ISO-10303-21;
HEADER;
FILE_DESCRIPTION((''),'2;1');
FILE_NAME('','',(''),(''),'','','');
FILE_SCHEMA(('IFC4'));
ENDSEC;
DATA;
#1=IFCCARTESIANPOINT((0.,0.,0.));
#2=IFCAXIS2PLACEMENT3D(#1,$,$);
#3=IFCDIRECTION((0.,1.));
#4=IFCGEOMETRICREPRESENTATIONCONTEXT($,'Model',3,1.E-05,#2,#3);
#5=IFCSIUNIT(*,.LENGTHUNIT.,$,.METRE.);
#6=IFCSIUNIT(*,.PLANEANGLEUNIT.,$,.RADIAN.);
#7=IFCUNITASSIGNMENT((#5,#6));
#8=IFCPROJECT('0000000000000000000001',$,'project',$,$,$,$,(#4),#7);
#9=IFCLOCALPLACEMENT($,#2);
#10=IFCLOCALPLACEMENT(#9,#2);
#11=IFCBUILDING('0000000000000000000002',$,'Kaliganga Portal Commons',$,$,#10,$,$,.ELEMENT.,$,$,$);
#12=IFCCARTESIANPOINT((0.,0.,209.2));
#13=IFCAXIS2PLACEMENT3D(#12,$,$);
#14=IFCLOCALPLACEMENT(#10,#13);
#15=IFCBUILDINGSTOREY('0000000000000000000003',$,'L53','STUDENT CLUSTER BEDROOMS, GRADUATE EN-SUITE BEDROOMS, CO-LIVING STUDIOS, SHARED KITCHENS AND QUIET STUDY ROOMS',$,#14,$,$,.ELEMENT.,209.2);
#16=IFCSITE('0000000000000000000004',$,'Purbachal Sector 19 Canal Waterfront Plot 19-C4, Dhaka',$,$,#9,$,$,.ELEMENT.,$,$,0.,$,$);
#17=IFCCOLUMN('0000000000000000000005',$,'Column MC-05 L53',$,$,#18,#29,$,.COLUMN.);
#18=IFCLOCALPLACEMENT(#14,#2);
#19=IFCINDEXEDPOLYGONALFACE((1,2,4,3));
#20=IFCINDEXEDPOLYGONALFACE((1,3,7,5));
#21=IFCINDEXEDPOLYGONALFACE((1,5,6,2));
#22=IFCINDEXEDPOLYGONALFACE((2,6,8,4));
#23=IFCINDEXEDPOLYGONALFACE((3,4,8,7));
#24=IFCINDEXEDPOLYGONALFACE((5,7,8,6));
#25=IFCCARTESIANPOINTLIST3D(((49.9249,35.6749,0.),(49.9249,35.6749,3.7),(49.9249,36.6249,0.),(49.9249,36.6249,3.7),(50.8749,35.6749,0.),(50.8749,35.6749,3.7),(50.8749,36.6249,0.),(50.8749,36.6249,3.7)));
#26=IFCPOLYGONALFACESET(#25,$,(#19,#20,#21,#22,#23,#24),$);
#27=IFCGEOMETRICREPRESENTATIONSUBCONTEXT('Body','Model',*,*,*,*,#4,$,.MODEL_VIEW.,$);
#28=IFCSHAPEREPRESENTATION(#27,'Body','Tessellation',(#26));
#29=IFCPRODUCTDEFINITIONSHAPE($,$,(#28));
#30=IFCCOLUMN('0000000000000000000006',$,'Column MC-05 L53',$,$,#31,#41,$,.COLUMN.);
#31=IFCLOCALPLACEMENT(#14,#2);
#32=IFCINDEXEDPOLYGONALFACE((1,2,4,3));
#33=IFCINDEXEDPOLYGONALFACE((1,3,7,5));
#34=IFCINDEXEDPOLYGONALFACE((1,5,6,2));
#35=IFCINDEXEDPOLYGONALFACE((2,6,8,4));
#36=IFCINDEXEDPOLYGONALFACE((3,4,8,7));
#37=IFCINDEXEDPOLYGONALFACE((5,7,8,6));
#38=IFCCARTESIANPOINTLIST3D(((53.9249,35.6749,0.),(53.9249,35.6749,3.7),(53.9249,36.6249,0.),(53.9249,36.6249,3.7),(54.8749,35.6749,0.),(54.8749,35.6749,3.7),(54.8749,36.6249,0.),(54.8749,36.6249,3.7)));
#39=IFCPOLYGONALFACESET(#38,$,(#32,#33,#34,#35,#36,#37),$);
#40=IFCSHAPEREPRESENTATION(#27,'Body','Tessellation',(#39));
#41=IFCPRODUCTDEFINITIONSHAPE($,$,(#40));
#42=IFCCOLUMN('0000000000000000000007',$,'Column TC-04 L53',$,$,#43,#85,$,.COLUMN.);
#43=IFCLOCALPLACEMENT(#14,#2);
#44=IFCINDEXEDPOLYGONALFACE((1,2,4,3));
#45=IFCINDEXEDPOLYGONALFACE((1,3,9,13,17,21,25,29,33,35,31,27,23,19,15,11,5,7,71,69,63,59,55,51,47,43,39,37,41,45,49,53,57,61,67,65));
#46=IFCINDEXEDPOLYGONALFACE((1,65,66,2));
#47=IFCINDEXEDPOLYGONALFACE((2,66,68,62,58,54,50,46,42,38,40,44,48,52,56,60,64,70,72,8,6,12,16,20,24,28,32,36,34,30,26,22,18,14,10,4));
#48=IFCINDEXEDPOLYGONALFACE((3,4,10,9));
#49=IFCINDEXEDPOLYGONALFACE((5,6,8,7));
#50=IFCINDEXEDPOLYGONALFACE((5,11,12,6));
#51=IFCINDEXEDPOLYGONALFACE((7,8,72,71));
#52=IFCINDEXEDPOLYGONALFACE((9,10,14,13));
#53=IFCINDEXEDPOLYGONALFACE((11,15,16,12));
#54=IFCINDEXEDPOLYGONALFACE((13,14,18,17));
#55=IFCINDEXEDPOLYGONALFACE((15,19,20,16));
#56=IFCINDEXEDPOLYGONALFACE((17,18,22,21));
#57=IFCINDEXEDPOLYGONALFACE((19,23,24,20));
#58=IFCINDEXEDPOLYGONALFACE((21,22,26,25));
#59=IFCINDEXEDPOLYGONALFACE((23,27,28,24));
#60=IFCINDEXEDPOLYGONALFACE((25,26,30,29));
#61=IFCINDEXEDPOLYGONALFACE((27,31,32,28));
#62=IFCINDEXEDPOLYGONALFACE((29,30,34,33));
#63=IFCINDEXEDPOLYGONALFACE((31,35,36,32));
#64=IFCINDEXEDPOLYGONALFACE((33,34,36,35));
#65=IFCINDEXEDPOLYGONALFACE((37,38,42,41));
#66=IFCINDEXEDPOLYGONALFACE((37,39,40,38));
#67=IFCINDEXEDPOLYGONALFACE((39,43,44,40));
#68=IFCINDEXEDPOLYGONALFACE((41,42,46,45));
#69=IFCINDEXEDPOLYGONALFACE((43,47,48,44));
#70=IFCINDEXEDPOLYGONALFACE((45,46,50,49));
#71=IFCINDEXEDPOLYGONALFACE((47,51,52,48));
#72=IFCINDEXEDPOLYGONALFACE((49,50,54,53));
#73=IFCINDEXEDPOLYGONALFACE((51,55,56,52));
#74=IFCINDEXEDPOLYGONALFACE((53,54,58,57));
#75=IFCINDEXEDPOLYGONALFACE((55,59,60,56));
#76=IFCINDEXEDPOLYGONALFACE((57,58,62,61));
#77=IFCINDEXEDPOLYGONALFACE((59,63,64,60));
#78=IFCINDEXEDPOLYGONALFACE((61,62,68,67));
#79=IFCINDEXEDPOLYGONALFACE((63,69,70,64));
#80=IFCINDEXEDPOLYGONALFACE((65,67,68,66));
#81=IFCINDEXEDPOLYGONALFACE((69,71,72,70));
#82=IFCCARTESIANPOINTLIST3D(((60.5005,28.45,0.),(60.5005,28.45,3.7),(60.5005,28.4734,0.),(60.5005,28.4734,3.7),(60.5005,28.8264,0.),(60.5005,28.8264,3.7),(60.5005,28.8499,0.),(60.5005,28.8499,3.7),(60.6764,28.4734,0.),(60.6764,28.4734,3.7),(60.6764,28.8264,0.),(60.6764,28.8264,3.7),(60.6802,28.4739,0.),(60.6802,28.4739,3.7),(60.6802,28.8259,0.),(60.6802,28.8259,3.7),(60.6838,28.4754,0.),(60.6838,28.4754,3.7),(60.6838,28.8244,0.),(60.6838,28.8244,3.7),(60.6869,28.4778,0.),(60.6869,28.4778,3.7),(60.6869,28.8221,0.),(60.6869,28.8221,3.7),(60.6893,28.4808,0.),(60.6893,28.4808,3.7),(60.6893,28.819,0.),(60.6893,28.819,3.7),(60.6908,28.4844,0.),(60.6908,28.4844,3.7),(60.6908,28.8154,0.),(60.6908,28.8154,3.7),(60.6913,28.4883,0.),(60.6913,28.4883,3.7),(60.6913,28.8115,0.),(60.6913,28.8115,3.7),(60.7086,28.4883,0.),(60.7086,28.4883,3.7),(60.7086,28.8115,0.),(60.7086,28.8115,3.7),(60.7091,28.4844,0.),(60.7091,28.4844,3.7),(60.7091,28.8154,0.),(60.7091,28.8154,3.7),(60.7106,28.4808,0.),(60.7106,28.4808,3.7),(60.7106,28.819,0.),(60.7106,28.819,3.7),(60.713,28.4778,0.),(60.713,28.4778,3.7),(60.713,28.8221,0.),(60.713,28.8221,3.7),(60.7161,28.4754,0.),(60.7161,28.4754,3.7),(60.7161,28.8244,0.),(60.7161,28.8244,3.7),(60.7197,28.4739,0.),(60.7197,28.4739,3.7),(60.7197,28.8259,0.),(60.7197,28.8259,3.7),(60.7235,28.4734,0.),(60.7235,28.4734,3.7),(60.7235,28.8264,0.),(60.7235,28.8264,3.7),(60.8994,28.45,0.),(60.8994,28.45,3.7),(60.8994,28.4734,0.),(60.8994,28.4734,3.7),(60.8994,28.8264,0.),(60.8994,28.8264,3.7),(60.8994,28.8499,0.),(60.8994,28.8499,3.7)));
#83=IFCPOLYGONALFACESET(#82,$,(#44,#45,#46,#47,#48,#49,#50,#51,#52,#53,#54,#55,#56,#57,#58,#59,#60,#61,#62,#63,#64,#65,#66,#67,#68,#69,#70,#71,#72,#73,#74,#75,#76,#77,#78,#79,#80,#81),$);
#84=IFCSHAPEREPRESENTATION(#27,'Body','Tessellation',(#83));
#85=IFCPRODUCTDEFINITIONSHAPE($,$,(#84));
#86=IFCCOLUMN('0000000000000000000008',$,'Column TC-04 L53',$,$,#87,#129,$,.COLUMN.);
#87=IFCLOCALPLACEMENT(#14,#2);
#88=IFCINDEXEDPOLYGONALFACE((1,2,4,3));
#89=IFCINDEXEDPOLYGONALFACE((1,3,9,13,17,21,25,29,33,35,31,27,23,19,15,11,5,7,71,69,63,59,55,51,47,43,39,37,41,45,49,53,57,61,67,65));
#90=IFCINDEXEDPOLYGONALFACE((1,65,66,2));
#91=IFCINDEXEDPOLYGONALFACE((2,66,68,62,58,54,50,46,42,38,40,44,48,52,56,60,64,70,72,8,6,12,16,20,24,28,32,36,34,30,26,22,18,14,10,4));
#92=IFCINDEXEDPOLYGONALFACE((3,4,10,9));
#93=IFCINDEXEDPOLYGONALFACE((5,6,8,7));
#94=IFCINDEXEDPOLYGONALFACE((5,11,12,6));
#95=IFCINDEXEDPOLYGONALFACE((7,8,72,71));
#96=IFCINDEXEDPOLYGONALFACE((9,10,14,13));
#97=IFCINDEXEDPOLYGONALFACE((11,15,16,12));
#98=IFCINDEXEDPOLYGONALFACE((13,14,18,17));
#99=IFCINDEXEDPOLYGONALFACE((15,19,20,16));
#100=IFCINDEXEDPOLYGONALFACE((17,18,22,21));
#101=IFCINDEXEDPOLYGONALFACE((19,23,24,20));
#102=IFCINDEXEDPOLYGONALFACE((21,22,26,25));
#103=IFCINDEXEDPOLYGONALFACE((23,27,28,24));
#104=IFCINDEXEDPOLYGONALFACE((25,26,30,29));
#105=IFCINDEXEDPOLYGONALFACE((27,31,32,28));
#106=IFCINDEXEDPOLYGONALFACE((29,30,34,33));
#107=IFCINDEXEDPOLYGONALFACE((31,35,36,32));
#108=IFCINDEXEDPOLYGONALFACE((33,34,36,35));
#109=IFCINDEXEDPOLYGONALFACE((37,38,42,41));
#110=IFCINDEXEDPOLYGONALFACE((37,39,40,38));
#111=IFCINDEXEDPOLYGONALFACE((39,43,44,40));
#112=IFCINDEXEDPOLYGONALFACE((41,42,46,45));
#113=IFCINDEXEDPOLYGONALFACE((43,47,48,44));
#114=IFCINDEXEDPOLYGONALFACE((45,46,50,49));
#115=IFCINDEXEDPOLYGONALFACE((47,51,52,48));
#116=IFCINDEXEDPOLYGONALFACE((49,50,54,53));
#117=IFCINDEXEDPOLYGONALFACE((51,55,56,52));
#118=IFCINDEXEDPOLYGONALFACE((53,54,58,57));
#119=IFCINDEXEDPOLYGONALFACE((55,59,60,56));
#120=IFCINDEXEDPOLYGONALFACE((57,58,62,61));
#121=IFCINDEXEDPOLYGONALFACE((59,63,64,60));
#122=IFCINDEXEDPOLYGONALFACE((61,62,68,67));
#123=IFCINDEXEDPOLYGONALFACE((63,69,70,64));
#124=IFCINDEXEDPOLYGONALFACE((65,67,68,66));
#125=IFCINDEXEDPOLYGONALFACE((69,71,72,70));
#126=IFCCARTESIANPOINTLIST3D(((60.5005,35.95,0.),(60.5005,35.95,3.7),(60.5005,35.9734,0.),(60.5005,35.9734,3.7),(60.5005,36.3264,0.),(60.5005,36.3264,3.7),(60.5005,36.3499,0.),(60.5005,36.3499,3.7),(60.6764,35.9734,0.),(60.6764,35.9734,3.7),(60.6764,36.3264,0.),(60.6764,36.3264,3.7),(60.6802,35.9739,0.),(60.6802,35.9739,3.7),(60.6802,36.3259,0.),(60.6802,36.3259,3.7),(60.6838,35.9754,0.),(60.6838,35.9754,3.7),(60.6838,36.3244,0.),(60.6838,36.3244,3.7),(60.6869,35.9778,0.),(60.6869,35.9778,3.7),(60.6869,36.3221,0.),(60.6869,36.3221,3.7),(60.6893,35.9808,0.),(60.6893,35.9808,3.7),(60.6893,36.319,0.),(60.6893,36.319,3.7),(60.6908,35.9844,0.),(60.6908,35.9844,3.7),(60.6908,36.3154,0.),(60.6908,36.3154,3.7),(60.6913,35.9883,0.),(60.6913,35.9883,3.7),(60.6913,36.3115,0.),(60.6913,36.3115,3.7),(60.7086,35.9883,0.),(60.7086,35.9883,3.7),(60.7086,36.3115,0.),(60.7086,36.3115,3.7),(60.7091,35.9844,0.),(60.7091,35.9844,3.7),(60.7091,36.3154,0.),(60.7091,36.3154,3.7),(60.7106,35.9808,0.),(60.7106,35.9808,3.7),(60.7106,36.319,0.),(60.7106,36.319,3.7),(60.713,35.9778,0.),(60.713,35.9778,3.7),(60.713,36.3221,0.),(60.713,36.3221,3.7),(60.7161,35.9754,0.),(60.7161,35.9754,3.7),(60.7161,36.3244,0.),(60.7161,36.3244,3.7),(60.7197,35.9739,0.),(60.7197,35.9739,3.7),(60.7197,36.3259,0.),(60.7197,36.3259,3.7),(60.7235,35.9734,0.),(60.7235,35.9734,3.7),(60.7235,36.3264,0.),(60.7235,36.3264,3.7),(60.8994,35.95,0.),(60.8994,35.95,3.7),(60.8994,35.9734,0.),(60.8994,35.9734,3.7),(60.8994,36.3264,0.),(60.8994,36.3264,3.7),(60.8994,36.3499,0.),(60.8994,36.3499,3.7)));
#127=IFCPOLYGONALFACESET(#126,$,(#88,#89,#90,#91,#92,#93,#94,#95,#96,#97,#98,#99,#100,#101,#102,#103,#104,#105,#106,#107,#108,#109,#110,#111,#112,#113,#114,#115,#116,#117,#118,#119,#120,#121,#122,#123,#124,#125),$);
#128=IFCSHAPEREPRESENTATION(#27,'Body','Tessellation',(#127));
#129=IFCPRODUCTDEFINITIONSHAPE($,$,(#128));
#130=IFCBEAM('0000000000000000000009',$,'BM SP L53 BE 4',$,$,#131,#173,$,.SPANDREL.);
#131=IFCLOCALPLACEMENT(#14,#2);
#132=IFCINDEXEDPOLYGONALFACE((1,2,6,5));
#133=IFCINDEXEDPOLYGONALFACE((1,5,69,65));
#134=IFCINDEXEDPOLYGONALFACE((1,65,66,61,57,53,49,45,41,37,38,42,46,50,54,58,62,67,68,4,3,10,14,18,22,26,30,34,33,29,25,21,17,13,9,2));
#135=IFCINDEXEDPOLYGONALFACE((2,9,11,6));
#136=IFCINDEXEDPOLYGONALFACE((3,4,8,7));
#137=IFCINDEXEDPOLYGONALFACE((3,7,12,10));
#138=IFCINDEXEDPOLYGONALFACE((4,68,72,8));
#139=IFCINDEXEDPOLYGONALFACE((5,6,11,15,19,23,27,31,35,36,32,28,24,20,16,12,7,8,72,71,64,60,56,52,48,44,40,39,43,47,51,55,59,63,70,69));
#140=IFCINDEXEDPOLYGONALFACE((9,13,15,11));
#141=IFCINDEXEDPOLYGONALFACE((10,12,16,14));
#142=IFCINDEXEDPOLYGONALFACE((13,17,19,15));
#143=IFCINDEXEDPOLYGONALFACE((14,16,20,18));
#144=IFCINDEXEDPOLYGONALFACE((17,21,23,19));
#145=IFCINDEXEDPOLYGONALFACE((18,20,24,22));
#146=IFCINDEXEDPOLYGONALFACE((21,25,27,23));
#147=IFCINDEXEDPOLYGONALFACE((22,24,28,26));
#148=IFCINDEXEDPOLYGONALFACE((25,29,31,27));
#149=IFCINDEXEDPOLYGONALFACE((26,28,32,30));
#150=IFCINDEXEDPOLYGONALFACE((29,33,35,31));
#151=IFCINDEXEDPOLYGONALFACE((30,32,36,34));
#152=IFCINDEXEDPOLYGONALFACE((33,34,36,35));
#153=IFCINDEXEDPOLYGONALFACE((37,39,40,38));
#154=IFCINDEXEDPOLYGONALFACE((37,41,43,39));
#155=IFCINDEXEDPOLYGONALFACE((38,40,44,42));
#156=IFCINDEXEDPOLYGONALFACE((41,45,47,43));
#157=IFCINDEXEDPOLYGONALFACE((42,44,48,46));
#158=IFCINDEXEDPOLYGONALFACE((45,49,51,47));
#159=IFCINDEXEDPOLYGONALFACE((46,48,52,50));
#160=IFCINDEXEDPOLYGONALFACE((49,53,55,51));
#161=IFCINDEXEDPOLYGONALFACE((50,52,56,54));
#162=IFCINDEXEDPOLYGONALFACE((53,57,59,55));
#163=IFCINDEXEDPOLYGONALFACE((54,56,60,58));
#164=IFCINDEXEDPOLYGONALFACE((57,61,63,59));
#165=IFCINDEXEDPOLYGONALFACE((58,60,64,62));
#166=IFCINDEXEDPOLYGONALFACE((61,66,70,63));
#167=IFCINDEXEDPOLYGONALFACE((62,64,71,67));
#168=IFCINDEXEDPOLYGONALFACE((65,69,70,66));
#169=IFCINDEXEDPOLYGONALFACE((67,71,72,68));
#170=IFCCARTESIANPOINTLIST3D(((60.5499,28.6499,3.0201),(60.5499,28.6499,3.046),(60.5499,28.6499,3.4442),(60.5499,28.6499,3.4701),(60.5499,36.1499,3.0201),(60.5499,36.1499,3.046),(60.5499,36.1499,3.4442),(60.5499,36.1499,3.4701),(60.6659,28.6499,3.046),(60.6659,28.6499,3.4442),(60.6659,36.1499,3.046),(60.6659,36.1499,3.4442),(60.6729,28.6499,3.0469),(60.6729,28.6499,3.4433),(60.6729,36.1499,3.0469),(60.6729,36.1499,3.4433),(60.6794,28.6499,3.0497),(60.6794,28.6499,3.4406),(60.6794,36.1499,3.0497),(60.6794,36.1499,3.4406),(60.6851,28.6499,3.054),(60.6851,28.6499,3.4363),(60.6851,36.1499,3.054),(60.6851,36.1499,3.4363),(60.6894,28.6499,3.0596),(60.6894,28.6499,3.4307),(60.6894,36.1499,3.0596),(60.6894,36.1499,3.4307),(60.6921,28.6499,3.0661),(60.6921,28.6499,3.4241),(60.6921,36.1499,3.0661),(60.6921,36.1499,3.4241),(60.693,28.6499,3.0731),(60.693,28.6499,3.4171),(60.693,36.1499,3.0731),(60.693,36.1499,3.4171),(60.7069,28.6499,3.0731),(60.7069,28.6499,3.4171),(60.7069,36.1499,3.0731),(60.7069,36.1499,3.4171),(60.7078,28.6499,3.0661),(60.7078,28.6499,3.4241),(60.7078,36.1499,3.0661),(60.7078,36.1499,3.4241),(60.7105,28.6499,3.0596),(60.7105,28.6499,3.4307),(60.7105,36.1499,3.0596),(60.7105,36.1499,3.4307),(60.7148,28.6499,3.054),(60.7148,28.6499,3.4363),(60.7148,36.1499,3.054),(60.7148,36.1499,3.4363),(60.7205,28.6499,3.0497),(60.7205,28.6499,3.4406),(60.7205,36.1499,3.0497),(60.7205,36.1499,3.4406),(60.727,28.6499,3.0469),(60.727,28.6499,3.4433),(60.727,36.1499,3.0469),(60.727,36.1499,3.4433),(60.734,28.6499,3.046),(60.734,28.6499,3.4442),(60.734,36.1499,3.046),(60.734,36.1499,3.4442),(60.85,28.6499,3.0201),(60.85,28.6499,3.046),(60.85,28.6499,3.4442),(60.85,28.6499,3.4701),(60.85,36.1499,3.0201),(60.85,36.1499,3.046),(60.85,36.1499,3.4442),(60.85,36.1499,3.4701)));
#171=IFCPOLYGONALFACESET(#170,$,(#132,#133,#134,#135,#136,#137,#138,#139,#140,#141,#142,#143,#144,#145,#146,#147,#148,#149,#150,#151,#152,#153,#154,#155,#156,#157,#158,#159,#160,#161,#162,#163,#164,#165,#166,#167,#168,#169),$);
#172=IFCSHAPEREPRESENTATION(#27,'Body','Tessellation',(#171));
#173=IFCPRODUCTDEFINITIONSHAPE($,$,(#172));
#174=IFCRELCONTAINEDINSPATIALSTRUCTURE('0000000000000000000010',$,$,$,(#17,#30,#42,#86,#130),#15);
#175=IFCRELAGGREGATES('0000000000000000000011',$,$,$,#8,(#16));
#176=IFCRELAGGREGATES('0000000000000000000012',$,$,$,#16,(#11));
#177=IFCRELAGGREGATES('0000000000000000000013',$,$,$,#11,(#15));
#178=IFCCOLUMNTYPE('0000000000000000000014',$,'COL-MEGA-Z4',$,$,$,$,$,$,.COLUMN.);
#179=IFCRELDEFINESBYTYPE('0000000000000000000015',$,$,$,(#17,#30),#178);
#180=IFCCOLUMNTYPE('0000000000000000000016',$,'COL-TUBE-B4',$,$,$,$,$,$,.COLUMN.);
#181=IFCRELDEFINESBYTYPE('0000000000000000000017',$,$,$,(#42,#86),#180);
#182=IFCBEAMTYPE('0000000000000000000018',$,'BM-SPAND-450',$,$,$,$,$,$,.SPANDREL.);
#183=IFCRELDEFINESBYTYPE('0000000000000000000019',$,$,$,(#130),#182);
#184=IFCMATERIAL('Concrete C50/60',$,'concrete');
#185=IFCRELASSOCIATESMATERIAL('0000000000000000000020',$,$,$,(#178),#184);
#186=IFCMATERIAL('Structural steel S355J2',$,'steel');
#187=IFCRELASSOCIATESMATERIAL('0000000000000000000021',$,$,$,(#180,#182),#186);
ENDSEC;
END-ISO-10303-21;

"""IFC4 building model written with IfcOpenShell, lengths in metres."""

from ifc_helpers import new_model, si_unit, direction, frame, origin, origin_2d, place, context, subcontext, project, spatial, rectangle, i_section, extrude, source, transform, mapped, material, material_profile, profile_set, type_object, element, save


model = new_model("IFC4")

# Units and contexts
model_context = context("Model", 3, precision=1e-05, world=origin(), true_north=direction((0.0, 1.0)))
body_context = subcontext(model_context, "Body", "Model", "MODEL_VIEW")
ifc_project = project(units=[si_unit("LENGTHUNIT", "METRE"), si_unit("PLANEANGLEUNIT", "RADIAN")], contexts=[model_context])

# Site, building, storey
site_placement = place(None, origin())
site = spatial("IfcSite", under=ifc_project, at=site_placement, Name="Purbachal Sector 19 Canal Waterfront Plot 19-C4, Dhaka", CompositionType="ELEMENT", RefElevation=0.0)
building_placement = place(site_placement, origin())
building = spatial("IfcBuilding", under=site, at=building_placement, Name="Kaliganga Portal Commons", CompositionType="ELEMENT")
storey_placement = place(building_placement, frame((0.0, 0.0, 209.2)))
storey = spatial("IfcBuildingStorey", under=building, at=storey_placement, Name="L53", Description="STUDENT CLUSTER BEDROOMS, GRADUATE EN-SUITE BEDROOMS, CO-LIVING STUDIOS, SHARED KITCHENS AND QUIET STUDY ROOMS", CompositionType="ELEMENT", Elevation=209.2)

# Columns
ifc_material_1 = material(Name="Concrete C50/60", Category="concrete")
ifc_material_profile_1 = material_profile(ifc_material_1, rectangle(XDim=0.95, YDim=0.95, at=origin_2d()), Name="RC 950x950")
ifc_profile_set_1 = profile_set([ifc_material_profile_1], Name="Concrete C50/60")
column_type_1 = type_object("IfcColumnType", Name="COL-MEGA-Z4", PredefinedType="COLUMN", material=ifc_profile_set_1)
shared_shape_1 = source(origin(), body_context, "Body", "SweptSolid", [
    extrude(rectangle(XDim=0.95, YDim=0.95, at=origin_2d()), origin(), (0.0, 0.0, 1.0), 3.7),
])
for number, where, z_axis, x_axis, name in (
    (1, (50.3999, 36.1499, 0.0), (0.0, 0.0, 1.0), (1.0, 0.0, 0.0), "Column MC-05 L53"),
    (2, (54.3999, 36.1499, 0.0), (0.0, 0.0, 1.0), (1.0, 0.0, 0.0), "Column MC-05 L53"),
):
    element("IfcColumn", number, at=place(storey_placement, frame(where, z_axis=z_axis, x_axis=x_axis)), inside=storey, type_object=column_type_1, Name=name, PredefinedType="COLUMN", context=body_context, shape_type="MappedRepresentation", body=[
        mapped(shared_shape_1, transform((0.0, 0.0, 0.0), x_axis=(1.0, 0.0, 0.0), y_axis=(0.0, 1.0, 0.0), z_axis=(0.0, 0.0, 1.0), scale=1.0)),
    ])
ifc_material_2 = material(Name="Structural steel S355J2", Category="steel")
ifc_material_profile_2 = material_profile(ifc_material_2, i_section(OverallWidth=0.3989, OverallDepth=0.3999, WebThickness=0.0173, FlangeThickness=0.0234, FilletRadius=0.0149, at=origin_2d()), Name="HD 400x287")
ifc_profile_set_2 = profile_set([ifc_material_profile_2], Name="Structural steel S355J2 wide-flange")
column_type_2 = type_object("IfcColumnType", Name="COL-TUBE-B4", PredefinedType="COLUMN", material=ifc_profile_set_2)
shared_shape_2 = source(origin(), body_context, "Body", "SweptSolid", [
    extrude(i_section(OverallWidth=0.3989, OverallDepth=0.3999, WebThickness=0.0173, FlangeThickness=0.0234, FilletRadius=0.0149, at=origin_2d()), origin(), (0.0, 0.0, 1.0), 3.7),
])
for number, where, z_axis, x_axis, name in (
    (3, (60.7, 28.6499, 0.0), (0.0, 0.0, 1.0), (1.0, 0.0, 0.0), "Column TC-04 L53"),
    (4, (60.7, 36.1499, 0.0), (0.0, 0.0, 1.0), (1.0, 0.0, 0.0), "Column TC-04 L53"),
):
    element("IfcColumn", number, at=place(storey_placement, frame(where, z_axis=z_axis, x_axis=x_axis)), inside=storey, type_object=column_type_2, Name=name, PredefinedType="COLUMN", context=body_context, shape_type="MappedRepresentation", body=[
        mapped(shared_shape_2, transform((0.0, 0.0, 0.0), x_axis=(1.0, 0.0, 0.0), y_axis=(0.0, 1.0, 0.0), z_axis=(0.0, 0.0, 1.0), scale=1.0)),
    ])

# Beam
ifc_material_profile_3 = material_profile(ifc_material_2, i_section(OverallWidth=0.3, OverallDepth=0.45, WebThickness=0.0139, FlangeThickness=0.0259, FilletRadius=0.0271, at=origin_2d()), Name="HE 450 B")
ifc_profile_set_3 = profile_set([ifc_material_profile_3], Name="Structural steel S355J2 wide-flange")
beam_type_1 = type_object("IfcBeamType", Name="BM-SPAND-450", PredefinedType="SPANDREL", material=ifc_profile_set_3)
shared_shape_3 = source(origin(), body_context, "Body", "SweptSolid", [
    extrude(i_section(OverallWidth=0.3, OverallDepth=0.45, WebThickness=0.0139, FlangeThickness=0.0259, FilletRadius=0.0271, at=origin_2d()), origin(), (0.0, 0.0, 1.0), 7.5),
])
beam_1_placement = place(storey_placement, frame((60.7, 28.6499, 3.2451), z_axis=(0.0, 1.0, 0.0), x_axis=(-1.0, 0.0, 0.0)))
element("IfcBeam", 5, at=beam_1_placement, inside=storey, type_object=beam_type_1, Name="BM SP L53 BE 4", PredefinedType="SPANDREL", context=body_context, shape_type="MappedRepresentation", body=[
    mapped(shared_shape_3, transform((0.0, 0.0, 0.0), x_axis=(1.0, 0.0, 0.0), y_axis=(0.0, 1.0, 0.0), z_axis=(0.0, 0.0, 1.0), scale=1.0)),
])

save(model, "model.ifc")
